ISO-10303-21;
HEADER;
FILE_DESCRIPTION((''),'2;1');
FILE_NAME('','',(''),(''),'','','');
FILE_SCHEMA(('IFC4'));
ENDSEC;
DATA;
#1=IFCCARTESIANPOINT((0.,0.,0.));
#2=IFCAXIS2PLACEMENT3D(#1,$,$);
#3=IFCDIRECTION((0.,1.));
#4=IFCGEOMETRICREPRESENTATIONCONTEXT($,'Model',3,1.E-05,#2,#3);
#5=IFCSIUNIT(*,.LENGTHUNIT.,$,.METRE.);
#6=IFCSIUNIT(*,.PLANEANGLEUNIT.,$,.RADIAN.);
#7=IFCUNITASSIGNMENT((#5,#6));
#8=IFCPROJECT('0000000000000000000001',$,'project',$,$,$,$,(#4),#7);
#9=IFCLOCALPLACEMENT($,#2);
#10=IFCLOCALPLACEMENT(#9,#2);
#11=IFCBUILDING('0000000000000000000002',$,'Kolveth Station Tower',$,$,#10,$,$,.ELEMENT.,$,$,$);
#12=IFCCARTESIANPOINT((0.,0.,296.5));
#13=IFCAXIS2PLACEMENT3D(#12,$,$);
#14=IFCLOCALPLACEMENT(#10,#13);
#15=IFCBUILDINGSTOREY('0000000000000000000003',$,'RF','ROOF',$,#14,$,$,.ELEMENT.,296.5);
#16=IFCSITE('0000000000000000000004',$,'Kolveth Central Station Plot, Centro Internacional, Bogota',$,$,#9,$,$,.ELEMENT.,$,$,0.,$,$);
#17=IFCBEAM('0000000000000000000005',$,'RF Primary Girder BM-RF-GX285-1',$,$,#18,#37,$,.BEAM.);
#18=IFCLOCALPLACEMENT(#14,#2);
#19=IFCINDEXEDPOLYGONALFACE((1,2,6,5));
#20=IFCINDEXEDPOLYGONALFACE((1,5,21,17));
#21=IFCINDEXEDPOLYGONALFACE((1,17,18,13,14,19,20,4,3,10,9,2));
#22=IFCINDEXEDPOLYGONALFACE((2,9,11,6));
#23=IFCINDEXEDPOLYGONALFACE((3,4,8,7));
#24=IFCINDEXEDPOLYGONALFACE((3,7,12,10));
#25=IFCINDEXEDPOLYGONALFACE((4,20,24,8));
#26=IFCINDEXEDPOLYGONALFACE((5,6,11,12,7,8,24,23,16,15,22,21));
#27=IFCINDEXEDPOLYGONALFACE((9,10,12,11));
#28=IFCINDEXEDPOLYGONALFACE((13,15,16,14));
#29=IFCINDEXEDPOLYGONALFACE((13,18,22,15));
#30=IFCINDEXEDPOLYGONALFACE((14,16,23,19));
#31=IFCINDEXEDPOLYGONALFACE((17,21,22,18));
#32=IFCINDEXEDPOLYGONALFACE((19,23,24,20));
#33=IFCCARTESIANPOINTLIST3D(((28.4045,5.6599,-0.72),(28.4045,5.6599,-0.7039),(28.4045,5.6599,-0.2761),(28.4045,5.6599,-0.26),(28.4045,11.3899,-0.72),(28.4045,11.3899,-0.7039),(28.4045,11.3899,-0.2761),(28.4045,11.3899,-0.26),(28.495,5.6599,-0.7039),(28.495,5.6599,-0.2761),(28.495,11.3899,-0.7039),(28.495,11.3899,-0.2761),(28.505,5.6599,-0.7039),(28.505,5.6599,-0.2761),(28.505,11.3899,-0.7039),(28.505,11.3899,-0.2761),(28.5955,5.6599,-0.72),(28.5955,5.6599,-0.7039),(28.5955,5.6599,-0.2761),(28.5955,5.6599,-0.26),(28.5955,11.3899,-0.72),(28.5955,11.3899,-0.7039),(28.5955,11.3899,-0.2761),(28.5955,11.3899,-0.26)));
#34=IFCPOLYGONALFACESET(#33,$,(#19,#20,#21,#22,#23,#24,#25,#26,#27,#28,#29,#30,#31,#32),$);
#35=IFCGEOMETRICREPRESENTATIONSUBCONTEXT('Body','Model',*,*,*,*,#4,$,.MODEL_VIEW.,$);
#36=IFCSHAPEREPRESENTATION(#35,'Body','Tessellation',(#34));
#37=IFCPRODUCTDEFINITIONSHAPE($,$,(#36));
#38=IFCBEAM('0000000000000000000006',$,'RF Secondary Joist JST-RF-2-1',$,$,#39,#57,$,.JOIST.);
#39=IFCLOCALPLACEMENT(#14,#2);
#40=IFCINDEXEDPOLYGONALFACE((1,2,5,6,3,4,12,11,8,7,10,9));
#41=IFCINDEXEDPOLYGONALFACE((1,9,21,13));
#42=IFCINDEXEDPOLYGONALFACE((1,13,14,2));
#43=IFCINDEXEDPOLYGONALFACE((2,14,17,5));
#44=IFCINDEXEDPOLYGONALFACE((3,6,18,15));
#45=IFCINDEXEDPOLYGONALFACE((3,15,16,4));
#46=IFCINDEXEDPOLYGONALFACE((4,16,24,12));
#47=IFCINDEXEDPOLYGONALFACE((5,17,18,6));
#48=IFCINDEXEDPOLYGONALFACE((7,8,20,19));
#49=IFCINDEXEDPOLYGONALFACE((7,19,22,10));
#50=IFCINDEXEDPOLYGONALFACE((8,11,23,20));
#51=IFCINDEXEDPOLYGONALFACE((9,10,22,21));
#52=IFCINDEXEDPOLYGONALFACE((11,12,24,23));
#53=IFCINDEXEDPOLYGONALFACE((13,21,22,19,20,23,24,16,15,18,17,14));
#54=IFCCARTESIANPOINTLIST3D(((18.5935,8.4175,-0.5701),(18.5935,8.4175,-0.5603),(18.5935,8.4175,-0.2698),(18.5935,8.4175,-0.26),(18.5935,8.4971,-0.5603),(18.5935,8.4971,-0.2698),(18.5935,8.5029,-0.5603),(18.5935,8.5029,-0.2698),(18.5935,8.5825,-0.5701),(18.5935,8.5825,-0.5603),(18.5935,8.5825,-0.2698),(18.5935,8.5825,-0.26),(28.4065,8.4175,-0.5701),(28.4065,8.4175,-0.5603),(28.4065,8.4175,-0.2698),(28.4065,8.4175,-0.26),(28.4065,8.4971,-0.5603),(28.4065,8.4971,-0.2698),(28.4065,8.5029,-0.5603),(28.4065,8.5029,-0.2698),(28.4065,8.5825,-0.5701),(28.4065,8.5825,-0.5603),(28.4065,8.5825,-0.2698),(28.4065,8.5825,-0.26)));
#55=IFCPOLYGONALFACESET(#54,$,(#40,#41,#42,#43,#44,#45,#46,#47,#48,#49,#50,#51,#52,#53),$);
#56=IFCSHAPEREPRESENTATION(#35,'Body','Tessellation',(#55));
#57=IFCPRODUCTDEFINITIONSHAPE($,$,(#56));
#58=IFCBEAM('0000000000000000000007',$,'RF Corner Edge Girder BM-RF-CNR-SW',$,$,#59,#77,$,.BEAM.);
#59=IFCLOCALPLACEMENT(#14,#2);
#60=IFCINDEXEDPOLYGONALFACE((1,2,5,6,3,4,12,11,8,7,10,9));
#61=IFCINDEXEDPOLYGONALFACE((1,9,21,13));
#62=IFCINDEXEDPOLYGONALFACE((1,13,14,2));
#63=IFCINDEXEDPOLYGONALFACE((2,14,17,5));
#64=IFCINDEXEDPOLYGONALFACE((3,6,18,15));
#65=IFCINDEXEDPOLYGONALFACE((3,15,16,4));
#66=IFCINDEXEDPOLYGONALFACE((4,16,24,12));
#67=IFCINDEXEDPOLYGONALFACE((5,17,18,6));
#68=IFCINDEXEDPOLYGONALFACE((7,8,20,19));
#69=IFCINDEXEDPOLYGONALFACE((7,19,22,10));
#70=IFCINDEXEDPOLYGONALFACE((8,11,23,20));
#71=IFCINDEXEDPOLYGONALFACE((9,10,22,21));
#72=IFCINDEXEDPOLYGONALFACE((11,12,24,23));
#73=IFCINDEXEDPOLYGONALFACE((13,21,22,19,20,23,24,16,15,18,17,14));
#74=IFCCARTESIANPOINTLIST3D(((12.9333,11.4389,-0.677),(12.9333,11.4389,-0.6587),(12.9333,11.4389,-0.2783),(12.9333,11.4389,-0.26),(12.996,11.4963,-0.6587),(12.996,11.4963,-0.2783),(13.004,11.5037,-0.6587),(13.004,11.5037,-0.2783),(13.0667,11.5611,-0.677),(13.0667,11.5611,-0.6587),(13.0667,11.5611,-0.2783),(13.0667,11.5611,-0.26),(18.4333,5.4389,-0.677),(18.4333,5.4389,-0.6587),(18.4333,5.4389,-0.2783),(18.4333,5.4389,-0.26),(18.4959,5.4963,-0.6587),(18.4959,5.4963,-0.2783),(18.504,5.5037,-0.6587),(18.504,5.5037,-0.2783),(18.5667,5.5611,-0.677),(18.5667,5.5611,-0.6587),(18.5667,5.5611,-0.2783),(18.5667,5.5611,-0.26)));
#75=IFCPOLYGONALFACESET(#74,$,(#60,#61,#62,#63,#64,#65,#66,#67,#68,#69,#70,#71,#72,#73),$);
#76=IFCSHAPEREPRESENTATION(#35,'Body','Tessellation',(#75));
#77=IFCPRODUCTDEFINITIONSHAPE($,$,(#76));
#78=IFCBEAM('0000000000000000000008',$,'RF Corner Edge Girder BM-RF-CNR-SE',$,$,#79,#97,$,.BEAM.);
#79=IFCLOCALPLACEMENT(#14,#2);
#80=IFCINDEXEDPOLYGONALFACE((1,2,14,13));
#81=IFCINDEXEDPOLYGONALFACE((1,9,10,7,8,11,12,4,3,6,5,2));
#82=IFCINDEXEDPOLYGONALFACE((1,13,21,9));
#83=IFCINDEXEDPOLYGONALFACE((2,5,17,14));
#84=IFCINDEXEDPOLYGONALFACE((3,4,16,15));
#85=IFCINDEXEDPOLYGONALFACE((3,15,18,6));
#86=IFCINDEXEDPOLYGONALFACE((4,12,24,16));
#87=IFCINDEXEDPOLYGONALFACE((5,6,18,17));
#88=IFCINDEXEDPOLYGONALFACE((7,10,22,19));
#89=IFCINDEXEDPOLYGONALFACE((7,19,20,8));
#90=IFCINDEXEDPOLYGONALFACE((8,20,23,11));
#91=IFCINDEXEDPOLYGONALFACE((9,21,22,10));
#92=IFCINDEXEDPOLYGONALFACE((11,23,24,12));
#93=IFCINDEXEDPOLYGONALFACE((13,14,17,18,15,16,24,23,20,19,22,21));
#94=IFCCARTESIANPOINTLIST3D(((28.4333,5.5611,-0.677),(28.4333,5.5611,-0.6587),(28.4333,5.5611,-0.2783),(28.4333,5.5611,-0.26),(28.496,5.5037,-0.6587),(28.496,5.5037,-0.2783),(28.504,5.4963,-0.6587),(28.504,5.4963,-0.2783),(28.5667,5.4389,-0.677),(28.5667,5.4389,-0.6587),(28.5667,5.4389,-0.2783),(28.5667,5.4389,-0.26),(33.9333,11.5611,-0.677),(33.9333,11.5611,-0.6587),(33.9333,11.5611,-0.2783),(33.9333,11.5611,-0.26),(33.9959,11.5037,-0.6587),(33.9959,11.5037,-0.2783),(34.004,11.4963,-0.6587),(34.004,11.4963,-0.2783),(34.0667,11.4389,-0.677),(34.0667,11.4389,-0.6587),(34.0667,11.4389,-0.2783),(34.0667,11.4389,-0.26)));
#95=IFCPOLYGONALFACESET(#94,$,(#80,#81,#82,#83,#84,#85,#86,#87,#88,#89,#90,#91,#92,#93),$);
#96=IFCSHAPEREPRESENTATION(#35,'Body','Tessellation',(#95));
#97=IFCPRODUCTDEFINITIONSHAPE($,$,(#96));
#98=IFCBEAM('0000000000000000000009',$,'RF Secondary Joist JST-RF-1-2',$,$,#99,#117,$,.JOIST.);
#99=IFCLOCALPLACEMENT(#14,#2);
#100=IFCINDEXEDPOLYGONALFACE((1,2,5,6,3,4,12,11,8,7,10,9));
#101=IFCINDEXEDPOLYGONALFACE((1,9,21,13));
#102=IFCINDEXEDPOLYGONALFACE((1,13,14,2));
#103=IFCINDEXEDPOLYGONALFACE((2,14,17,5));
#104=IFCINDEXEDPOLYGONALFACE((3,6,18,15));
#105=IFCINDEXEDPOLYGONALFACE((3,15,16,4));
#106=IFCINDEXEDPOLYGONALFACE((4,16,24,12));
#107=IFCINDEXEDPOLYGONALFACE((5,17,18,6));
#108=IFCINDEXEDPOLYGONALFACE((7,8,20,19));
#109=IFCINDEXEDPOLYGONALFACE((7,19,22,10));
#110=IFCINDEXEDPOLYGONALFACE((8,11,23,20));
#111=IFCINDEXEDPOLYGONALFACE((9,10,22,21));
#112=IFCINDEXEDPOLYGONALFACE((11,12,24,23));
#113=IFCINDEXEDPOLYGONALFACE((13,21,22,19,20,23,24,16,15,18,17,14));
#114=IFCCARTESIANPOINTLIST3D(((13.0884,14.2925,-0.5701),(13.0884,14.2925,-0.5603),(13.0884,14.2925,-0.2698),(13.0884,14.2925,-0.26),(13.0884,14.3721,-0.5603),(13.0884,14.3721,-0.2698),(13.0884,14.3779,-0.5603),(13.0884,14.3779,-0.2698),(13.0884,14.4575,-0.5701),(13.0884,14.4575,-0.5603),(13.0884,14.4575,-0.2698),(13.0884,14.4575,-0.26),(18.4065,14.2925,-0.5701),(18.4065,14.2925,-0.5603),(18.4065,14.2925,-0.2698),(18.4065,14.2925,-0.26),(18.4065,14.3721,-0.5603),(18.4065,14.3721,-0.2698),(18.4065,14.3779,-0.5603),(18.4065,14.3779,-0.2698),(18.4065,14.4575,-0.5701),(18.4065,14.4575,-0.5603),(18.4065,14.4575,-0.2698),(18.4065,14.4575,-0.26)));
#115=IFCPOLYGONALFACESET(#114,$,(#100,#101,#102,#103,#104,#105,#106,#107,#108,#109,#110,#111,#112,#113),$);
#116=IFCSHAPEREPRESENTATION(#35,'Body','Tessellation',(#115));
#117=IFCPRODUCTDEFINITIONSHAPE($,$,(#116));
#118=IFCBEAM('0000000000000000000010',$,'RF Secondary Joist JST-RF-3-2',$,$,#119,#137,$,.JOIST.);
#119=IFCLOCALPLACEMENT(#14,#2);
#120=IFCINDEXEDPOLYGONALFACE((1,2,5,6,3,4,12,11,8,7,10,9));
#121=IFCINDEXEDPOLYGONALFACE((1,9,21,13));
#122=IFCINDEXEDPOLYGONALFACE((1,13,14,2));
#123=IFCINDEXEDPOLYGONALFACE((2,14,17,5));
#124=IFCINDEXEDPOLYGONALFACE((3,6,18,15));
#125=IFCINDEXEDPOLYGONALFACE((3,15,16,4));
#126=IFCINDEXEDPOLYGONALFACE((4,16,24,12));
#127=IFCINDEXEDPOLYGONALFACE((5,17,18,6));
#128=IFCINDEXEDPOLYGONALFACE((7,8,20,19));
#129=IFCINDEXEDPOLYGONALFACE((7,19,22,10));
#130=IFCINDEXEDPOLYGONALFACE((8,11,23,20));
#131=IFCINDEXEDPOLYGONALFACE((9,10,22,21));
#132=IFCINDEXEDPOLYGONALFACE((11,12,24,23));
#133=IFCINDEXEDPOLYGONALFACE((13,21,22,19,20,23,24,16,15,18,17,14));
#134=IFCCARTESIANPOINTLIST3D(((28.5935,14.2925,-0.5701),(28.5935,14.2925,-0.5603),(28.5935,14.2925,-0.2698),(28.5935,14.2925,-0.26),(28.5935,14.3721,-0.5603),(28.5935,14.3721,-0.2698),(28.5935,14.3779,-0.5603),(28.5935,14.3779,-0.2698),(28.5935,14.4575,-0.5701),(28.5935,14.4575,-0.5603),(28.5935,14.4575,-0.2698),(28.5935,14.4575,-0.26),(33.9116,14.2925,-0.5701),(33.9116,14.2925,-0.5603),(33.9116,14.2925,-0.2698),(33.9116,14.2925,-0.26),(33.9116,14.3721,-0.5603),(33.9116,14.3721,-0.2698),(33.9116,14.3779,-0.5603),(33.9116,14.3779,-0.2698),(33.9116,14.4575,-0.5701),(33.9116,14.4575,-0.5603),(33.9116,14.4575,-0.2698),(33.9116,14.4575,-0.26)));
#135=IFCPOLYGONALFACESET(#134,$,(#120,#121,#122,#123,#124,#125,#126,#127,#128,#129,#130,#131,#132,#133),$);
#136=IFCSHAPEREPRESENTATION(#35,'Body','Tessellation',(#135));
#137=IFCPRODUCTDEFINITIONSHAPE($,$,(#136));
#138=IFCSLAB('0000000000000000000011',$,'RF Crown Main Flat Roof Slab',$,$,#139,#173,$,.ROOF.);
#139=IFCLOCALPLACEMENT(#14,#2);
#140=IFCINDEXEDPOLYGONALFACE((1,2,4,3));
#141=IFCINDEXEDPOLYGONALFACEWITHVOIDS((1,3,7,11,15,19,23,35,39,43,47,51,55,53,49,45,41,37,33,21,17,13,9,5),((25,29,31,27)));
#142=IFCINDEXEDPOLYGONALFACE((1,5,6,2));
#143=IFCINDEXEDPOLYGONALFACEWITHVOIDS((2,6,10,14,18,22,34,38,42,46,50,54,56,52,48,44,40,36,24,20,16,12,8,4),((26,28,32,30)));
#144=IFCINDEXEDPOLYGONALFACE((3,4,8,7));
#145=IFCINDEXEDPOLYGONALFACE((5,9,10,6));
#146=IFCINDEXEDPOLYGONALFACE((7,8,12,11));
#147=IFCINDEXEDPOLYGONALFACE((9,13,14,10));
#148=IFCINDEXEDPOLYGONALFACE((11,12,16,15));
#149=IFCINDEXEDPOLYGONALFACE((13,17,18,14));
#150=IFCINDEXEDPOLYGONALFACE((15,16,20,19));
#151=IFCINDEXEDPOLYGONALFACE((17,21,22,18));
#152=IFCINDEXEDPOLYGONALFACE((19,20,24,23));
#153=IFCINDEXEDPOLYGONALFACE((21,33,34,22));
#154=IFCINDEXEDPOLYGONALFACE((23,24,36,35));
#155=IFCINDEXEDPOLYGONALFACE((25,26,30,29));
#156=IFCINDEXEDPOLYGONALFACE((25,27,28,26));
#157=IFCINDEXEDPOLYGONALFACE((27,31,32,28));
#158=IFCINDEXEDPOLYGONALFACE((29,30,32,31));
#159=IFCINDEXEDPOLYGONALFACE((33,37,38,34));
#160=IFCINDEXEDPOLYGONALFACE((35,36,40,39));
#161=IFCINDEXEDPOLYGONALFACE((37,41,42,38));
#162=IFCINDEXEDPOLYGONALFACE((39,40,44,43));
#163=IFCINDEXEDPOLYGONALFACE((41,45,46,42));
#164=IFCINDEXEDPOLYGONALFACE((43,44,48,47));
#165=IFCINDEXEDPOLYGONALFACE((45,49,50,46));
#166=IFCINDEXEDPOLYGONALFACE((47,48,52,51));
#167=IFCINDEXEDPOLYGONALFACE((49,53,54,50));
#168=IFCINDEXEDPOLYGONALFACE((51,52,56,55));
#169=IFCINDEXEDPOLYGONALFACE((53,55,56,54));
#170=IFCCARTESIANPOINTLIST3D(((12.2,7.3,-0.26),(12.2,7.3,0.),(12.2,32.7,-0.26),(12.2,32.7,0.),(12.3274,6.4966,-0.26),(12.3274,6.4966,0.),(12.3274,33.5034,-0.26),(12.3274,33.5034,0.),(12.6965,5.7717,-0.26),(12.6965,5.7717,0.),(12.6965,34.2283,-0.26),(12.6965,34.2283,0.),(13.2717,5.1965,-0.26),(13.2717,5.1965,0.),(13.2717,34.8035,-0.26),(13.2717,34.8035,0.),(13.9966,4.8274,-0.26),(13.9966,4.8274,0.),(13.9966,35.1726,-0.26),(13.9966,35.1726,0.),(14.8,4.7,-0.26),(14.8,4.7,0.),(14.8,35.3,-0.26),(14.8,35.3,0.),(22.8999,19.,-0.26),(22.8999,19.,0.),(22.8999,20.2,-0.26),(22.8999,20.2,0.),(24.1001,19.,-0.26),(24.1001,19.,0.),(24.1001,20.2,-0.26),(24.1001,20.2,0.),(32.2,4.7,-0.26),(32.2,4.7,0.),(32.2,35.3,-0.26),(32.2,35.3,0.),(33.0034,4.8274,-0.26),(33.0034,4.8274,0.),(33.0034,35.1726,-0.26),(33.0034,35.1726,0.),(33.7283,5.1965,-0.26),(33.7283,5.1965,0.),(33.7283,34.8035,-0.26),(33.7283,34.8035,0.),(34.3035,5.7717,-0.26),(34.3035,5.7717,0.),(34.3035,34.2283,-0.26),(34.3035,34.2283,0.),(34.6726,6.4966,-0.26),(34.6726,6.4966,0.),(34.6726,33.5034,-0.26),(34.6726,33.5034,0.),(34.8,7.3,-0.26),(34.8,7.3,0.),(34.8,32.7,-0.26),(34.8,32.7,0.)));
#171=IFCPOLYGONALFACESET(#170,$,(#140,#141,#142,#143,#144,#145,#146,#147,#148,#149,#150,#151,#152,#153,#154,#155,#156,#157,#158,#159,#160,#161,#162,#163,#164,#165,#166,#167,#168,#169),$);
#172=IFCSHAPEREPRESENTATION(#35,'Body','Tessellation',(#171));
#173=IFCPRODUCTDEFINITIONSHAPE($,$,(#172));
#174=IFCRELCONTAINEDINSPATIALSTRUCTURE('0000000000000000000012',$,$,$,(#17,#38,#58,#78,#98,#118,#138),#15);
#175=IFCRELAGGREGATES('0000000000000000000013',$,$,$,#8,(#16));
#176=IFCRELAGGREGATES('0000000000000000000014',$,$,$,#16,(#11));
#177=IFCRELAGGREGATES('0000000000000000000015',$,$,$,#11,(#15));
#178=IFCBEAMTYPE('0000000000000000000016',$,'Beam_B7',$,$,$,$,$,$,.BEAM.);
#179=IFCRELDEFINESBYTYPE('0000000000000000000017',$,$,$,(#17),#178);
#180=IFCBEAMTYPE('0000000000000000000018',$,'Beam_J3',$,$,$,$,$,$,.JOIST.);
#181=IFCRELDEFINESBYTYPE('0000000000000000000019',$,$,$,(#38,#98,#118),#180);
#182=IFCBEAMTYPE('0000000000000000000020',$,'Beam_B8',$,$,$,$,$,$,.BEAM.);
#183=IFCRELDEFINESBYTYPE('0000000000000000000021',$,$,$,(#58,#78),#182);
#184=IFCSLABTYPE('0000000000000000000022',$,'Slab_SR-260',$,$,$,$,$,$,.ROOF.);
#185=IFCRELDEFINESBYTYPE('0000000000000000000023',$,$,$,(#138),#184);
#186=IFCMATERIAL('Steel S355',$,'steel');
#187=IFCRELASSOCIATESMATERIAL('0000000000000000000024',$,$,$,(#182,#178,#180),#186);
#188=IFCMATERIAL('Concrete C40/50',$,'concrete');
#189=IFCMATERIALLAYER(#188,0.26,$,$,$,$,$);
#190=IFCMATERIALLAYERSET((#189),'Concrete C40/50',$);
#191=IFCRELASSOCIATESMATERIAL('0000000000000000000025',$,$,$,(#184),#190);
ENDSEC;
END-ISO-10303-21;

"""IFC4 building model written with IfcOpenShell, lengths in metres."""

from ifc_helpers import new_model, si_unit, direction, frame, origin, origin_2d, place, context, subcontext, project, spatial, polyline, i_section, outline, extrude, source, transform, mapped, material, layer, layer_set, material_profile, profile_set, type_object, element, save


model = new_model("IFC4")

# Units and contexts
model_context = context("Model", 3, precision=1e-05, world=origin(), true_north=direction((0.0, 1.0)))
body_context = subcontext(model_context, "Body", "Model", "MODEL_VIEW")
ifc_project = project(units=[si_unit("LENGTHUNIT", "METRE"), si_unit("PLANEANGLEUNIT", "RADIAN")], contexts=[model_context])

# Site, building, storey
site_placement = place(None, origin())
site = spatial("IfcSite", under=ifc_project, at=site_placement, Name="Kolveth Central Station Plot, Centro Internacional, Bogota", CompositionType="ELEMENT", RefElevation=0.0)
building_placement = place(site_placement, origin())
building = spatial("IfcBuilding", under=site, at=building_placement, Name="Kolveth Station Tower", CompositionType="ELEMENT")
storey_placement = place(building_placement, frame((0.0, 0.0, 296.5)))
storey = spatial("IfcBuildingStorey", under=building, at=storey_placement, Name="RF", Description="ROOF", CompositionType="ELEMENT", Elevation=296.5)

# Beams
ifc_material_1 = material(Name="Steel S355", Category="steel")
ifc_material_profile_1 = material_profile(ifc_material_1, i_section(OverallWidth=0.1809, OverallDepth=0.417, WebThickness=0.011, FlangeThickness=0.0183, at=origin_2d()), Name="W410x85")
ifc_profile_set_1 = profile_set([ifc_material_profile_1], Name="Steel S355")
beam_type_1 = type_object("IfcBeamType", Name="Beam_B8", PredefinedType="BEAM", material=ifc_profile_set_1)
ifc_material_profile_2 = material_profile(ifc_material_1, i_section(OverallWidth=0.1909, OverallDepth=0.46, WebThickness=0.01, FlangeThickness=0.0161, at=origin_2d()), Name="W460x82")
ifc_profile_set_2 = profile_set([ifc_material_profile_2], Name="Steel S355")
beam_type_2 = type_object("IfcBeamType", Name="Beam_B7", PredefinedType="BEAM", material=ifc_profile_set_2)
shared_shape_1 = source(origin(), body_context, "Body", "SweptSolid", [
    extrude(i_section(OverallWidth=0.1909, OverallDepth=0.46, WebThickness=0.01, FlangeThickness=0.0161, at=origin_2d()), origin(), (0.0, 0.0, 1.0), 5.73),
])
for number, where, z_axis, x_axis, name in (
    (1, (28.5, 5.6599, -0.49), (0.0, 1.0, 0.0), (-1.0, 0.0, 0.0), "RF Primary Girder BM-RF-GX285-1"),
):
    element("IfcBeam", number, at=place(storey_placement, frame(where, z_axis=z_axis, x_axis=x_axis)), inside=storey, type_object=beam_type_2, Name=name, PredefinedType="BEAM", context=body_context, shape_type="MappedRepresentation", body=[
        mapped(shared_shape_1, transform((0.0, 0.0, 0.0), x_axis=(1.0, 0.0, 0.0), y_axis=(0.0, 1.0, 0.0), z_axis=(0.0, 0.0, 1.0), scale=1.0)),
    ])
ifc_material_profile_3 = material_profile(ifc_material_1, i_section(OverallWidth=0.165, OverallDepth=0.3101, WebThickness=0.0059, FlangeThickness=0.0098, at=origin_2d()), Name="W310x39")
ifc_profile_set_3 = profile_set([ifc_material_profile_3], Name="Steel S355")
beam_type_3 = type_object("IfcBeamType", Name="Beam_J3", PredefinedType="JOIST", material=ifc_profile_set_3)
shared_shape_2 = source(origin(), body_context, "Body", "SweptSolid", [
    extrude(i_section(OverallWidth=0.165, OverallDepth=0.3101, WebThickness=0.0059, FlangeThickness=0.0098, at=origin_2d()), origin(), (0.0, 0.0, 1.0), 9.813),
])
beam_1_placement = place(storey_placement, frame((18.5935, 8.5, -0.415), z_axis=(1.0, 0.0, 0.0), x_axis=(0.0, 1.0, 0.0)))
element("IfcBeam", 2, at=beam_1_placement, inside=storey, type_object=beam_type_3, Name="RF Secondary Joist JST-RF-2-1", PredefinedType="JOIST", context=body_context, shape_type="MappedRepresentation", body=[
    mapped(shared_shape_2, transform((0.0, 0.0, 0.0), x_axis=(1.0, 0.0, 0.0), y_axis=(0.0, 1.0, 0.0), z_axis=(0.0, 0.0, 1.0), scale=1.0)),
])
shared_shape_3 = source(origin(), body_context, "Body", "SweptSolid", [
    extrude(i_section(OverallWidth=0.1809, OverallDepth=0.417, WebThickness=0.011, FlangeThickness=0.0183, at=origin_2d()), origin(), (0.0, 0.0, 1.0), 8.1394),
])
for number, where, z_axis, x_axis, name in (
    (3, (13.0, 11.5, -0.4685), (0.675725, -0.737154, 0.0), (0.737154, 0.675725, 0.0), "RF Corner Edge Girder BM-RF-CNR-SW"),
    (4, (28.5, 5.5, -0.4685), (0.675725, 0.737154, 0.0), (-0.737154, 0.675725, 0.0), "RF Corner Edge Girder BM-RF-CNR-SE"),
):
    element("IfcBeam", number, at=place(storey_placement, frame(where, z_axis=z_axis, x_axis=x_axis)), inside=storey, type_object=beam_type_1, Name=name, PredefinedType="BEAM", context=body_context, shape_type="MappedRepresentation", body=[
        mapped(shared_shape_3, transform((0.0, 0.0, 0.0), x_axis=(1.0, 0.0, 0.0), y_axis=(0.0, 1.0, 0.0), z_axis=(0.0, 0.0, 1.0), scale=1.0)),
    ])
shared_shape_4 = source(origin(), body_context, "Body", "SweptSolid", [
    extrude(i_section(OverallWidth=0.165, OverallDepth=0.3101, WebThickness=0.0059, FlangeThickness=0.0098, at=origin_2d()), origin(), (0.0, 0.0, 1.0), 5.3181),
])
for number, where, z_axis, x_axis, name in (
    (5, (13.0884, 14.375, -0.415), (1.0, 0.0, 0.0), (0.0, 1.0, 0.0), "RF Secondary Joist JST-RF-1-2"),
    (6, (28.5935, 14.375, -0.415), (1.0, 0.0, 0.0), (0.0, 1.0, 0.0), "RF Secondary Joist JST-RF-3-2"),
):
    element("IfcBeam", number, at=place(storey_placement, frame(where, z_axis=z_axis, x_axis=x_axis)), inside=storey, type_object=beam_type_3, Name=name, PredefinedType="JOIST", context=body_context, shape_type="MappedRepresentation", body=[
        mapped(shared_shape_4, transform((0.0, 0.0, 0.0), x_axis=(1.0, 0.0, 0.0), y_axis=(0.0, 1.0, 0.0), z_axis=(0.0, 0.0, 1.0), scale=1.0)),
    ])

# Slab
ifc_material_2 = material(Name="Concrete C40/50", Category="concrete")
ifc_layer_1 = layer(ifc_material_2, 0.26)
ifc_layer_set_1 = layer_set([ifc_layer_1], Name="Concrete C40/50")
slab_type = type_object("IfcSlabType", Name="Slab_SR-260", PredefinedType="ROOF", material=ifc_layer_set_1)
slab_placement = place(storey_placement, frame((0.0, 0.0, -0.26)))
element("IfcSlab", 7, at=slab_placement, inside=storey, type_object=slab_type, Name="RF Crown Main Flat Roof Slab", PredefinedType="ROOF", context=body_context, shape_type="SweptSolid", body=[
    extrude(outline(polyline([(32.2, 4.7), (33.0034, 4.8274), (33.7283, 5.1965), (34.3035, 5.7717), (34.6726, 6.4966), (34.8, 7.3), (34.8, 32.7), (34.6726, 33.5034), (34.3035, 34.2283), (33.7283, 34.8035), (33.0034, 35.1726), (32.2, 35.3), (14.8, 35.3), (13.9966, 35.1726), (13.2717, 34.8035), (12.6965, 34.2283), (12.3274, 33.5034), (12.2, 32.7), (12.2, 7.3), (12.3274, 6.4966), (12.6965, 5.7717), (13.2717, 5.1965), (13.9966, 4.8274), (14.8, 4.7), (32.2, 4.7)]), holes=[polyline([(22.8999, 19.0), (24.1001, 19.0), (24.1001, 20.2), (22.8999, 20.2), (22.8999, 19.0)])]), origin(), (0.0, 0.0, 1.0), 0.26),
])

save(model, "model.ifc")
